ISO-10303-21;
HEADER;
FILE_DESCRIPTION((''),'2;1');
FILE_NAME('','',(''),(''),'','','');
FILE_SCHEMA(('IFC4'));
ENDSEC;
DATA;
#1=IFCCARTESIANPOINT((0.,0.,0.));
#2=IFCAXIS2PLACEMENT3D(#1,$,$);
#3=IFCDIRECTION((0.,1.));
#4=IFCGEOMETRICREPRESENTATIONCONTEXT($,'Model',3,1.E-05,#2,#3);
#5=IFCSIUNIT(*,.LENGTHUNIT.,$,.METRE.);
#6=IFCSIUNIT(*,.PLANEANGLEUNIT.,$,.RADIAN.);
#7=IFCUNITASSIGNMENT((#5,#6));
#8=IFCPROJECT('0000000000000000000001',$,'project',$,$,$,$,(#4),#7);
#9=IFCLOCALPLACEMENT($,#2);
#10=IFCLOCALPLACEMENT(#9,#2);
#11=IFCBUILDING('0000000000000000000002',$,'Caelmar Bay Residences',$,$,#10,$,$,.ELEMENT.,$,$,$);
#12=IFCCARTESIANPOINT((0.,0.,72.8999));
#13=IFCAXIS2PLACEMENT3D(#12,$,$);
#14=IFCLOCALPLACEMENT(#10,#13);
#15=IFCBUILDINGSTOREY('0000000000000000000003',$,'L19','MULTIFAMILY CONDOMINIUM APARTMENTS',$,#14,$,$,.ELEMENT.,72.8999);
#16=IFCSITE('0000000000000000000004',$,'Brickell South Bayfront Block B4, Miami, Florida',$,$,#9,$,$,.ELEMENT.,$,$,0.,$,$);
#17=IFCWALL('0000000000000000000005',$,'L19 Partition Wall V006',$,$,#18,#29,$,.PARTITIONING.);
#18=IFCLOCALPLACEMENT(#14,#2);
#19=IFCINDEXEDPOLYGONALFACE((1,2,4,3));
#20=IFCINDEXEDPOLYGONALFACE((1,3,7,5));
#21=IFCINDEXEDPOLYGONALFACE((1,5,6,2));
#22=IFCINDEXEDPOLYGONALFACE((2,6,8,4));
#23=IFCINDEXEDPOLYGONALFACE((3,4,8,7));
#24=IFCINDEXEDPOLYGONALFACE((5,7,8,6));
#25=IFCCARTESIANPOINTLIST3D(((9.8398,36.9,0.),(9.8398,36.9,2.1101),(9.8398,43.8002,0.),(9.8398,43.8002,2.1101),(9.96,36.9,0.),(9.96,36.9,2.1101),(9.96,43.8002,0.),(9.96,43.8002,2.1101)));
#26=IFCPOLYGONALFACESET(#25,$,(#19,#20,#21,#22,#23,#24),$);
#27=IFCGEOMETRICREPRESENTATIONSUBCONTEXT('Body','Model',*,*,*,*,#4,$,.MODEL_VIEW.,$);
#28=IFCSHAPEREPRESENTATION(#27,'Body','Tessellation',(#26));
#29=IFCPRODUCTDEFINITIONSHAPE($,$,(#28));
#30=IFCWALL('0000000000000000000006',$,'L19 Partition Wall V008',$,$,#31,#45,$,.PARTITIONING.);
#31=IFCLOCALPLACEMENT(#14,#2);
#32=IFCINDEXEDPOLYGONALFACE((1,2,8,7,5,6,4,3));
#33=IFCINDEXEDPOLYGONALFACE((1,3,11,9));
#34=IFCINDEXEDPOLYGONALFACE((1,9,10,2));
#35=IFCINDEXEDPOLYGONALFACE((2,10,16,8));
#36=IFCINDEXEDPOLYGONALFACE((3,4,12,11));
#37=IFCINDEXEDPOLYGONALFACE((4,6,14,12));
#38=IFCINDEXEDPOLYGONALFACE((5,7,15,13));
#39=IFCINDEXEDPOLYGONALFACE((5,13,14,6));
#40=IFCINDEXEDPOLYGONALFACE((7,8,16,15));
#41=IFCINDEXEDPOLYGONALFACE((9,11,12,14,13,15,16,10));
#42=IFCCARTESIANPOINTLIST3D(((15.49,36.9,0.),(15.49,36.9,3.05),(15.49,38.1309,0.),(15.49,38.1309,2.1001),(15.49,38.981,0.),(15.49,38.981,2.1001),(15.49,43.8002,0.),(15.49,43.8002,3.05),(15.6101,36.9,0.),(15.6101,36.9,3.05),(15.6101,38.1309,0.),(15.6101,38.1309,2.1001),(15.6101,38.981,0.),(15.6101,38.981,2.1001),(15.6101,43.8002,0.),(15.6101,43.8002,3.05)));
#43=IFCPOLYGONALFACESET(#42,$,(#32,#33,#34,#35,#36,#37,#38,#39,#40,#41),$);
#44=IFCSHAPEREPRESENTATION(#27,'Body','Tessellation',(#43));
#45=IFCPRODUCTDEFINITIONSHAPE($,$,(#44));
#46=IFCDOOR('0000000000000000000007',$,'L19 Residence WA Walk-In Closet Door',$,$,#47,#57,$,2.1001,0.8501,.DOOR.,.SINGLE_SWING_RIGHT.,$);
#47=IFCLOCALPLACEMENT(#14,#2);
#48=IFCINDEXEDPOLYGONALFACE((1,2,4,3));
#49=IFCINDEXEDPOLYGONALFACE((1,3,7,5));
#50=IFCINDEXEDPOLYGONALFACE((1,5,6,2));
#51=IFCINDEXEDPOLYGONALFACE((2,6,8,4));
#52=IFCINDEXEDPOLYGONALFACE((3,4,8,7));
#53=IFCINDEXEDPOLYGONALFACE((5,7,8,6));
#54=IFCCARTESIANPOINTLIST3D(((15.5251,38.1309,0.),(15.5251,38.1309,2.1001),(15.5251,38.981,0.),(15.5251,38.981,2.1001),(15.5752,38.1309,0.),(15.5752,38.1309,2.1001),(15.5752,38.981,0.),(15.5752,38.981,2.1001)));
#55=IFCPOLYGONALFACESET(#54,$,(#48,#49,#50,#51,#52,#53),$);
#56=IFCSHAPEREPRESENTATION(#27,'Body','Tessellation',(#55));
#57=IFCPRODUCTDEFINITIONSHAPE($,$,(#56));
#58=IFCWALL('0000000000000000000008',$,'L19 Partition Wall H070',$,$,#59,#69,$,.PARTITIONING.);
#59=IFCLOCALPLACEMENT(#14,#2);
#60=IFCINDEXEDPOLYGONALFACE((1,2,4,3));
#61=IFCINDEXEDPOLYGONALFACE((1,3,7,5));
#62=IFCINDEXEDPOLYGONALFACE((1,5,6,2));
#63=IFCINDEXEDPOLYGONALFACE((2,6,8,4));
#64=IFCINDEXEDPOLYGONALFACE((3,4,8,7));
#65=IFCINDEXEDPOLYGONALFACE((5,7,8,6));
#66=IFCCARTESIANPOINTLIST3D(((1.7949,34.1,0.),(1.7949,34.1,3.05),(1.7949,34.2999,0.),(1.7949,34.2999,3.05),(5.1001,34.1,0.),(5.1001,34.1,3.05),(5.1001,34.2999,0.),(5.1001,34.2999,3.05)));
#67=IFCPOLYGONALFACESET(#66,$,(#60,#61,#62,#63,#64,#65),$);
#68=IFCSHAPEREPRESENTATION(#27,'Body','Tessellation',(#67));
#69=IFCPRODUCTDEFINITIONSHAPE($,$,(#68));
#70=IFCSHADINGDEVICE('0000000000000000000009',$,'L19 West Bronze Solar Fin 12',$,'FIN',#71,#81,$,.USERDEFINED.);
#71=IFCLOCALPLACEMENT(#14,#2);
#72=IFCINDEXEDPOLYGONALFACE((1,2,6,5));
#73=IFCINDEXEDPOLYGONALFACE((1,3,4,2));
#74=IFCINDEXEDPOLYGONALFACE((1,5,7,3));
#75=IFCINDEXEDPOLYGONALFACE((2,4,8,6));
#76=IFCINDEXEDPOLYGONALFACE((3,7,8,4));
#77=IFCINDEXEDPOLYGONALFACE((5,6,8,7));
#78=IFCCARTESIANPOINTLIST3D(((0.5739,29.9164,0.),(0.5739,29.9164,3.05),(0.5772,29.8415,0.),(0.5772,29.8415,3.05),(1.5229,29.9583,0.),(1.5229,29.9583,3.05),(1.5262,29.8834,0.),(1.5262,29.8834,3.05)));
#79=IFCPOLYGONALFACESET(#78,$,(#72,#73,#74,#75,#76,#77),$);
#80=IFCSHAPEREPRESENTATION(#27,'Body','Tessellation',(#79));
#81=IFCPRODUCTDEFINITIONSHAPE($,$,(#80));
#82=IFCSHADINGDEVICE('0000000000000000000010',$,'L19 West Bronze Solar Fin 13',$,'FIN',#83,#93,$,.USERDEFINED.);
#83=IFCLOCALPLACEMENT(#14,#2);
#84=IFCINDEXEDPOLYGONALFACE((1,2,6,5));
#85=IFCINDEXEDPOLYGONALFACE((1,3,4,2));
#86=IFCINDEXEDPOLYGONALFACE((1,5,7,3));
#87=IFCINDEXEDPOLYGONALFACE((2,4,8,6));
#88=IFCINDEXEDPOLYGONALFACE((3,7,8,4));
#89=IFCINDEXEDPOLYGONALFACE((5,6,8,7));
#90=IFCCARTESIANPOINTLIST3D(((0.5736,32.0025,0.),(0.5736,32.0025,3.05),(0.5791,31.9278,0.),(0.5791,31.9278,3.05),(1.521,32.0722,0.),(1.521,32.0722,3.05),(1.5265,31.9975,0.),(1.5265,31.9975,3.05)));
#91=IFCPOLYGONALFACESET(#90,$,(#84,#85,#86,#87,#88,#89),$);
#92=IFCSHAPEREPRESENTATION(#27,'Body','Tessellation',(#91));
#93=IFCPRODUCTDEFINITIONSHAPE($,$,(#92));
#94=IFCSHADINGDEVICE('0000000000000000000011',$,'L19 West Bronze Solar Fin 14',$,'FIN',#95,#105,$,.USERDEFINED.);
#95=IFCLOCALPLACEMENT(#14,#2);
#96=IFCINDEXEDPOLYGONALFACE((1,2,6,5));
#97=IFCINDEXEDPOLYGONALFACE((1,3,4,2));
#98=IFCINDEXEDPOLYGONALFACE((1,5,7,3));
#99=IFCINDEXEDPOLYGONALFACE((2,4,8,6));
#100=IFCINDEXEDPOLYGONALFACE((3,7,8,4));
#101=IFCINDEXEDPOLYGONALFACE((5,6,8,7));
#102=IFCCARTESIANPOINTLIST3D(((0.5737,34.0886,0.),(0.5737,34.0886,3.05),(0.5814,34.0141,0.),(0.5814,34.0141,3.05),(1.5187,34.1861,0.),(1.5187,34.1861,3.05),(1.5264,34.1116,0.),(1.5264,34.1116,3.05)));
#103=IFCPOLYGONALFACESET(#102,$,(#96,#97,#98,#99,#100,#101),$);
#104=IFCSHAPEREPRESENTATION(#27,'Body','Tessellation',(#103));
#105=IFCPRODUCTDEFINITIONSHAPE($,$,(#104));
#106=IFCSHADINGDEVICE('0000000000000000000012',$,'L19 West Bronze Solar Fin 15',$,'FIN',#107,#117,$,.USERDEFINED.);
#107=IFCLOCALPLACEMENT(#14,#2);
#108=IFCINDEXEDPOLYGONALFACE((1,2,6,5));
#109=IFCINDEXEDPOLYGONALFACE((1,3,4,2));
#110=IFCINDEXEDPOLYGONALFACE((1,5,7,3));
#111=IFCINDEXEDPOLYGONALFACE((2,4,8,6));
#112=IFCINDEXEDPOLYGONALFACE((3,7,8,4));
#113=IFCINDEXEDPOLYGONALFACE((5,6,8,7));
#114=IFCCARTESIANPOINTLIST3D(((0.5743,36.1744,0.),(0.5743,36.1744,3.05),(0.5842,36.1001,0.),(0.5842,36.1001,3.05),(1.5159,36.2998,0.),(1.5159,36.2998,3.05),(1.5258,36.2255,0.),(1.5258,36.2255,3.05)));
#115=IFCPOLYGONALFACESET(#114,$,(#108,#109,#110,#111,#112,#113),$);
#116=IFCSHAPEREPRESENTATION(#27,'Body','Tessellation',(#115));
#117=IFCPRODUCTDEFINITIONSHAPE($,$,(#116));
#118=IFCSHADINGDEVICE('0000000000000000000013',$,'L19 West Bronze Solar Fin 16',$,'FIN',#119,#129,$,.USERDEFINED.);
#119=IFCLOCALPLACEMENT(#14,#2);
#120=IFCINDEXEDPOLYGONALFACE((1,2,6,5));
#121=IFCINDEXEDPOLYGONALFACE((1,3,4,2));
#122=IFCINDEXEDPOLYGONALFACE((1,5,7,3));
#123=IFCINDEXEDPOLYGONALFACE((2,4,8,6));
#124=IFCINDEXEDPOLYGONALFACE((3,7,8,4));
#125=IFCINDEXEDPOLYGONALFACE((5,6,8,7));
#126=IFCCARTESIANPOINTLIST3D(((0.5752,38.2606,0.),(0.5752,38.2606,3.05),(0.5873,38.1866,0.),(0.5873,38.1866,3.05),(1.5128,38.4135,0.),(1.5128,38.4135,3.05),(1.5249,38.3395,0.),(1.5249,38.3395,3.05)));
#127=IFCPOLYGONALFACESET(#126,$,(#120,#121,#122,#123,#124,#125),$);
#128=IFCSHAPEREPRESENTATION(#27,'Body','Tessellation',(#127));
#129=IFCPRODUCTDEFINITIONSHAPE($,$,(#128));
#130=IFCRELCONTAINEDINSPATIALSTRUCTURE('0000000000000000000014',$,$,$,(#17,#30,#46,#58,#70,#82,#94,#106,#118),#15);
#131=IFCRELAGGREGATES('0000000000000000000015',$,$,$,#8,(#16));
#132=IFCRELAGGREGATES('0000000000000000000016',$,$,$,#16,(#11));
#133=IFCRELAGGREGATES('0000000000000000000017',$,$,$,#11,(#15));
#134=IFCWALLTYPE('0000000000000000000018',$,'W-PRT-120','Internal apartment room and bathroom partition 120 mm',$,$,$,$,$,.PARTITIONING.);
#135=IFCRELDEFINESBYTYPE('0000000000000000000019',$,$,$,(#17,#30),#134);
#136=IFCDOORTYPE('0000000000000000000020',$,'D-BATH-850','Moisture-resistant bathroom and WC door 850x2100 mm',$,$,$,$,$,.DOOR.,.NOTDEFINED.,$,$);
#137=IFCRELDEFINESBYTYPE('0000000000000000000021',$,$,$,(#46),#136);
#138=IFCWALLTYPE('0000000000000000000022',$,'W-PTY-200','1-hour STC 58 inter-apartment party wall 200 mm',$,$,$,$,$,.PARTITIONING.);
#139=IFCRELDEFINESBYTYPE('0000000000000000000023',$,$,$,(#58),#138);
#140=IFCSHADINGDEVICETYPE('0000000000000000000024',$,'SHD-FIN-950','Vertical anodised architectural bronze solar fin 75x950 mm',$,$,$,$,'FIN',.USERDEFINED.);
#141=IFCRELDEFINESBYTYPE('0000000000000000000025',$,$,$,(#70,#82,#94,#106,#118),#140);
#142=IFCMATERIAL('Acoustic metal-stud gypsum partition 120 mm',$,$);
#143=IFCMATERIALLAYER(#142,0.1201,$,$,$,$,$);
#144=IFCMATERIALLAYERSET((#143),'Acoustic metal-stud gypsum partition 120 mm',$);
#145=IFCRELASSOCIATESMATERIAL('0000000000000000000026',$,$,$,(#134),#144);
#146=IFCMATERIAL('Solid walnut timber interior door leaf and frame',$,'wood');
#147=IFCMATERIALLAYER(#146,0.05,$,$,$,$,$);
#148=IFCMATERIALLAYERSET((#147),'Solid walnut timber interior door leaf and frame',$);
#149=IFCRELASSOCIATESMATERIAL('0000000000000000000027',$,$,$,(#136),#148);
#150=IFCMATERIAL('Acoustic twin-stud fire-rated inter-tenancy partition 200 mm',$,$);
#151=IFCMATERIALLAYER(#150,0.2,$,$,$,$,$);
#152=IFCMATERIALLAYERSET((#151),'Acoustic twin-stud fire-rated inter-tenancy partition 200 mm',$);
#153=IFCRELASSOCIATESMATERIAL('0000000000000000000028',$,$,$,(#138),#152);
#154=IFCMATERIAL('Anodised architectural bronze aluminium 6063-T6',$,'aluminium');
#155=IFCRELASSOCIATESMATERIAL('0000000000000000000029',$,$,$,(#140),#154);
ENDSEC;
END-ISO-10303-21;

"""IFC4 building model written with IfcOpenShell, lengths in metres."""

from ifc_helpers import new_model, si_unit, direction, frame, frame_2d, origin, origin_2d, place, context, subcontext, project, spatial, rectangle, extrude, material, layer, layer_set, material_profile, profile_set, type_object, element, fill, save


model = new_model("IFC4")

# Units and contexts
model_context = context("Model", 3, precision=1e-05, world=origin(), true_north=direction((0.0, 1.0)))
body_context = subcontext(model_context, "Body", "Model", "MODEL_VIEW")
ifc_project = project(units=[si_unit("LENGTHUNIT", "METRE"), si_unit("PLANEANGLEUNIT", "RADIAN")], contexts=[model_context])

# Site, building, storey
site_placement = place(None, origin())
site = spatial("IfcSite", under=ifc_project, at=site_placement, Name="Brickell South Bayfront Block B4, Miami, Florida", CompositionType="ELEMENT", RefElevation=0.0)
building_placement = place(site_placement, origin())
building = spatial("IfcBuilding", under=site, at=building_placement, Name="Caelmar Bay Residences", CompositionType="ELEMENT")
storey_placement = place(building_placement, frame((0.0, 0.0, 72.8999)))
storey = spatial("IfcBuildingStorey", under=building, at=storey_placement, Name="L19", Description="MULTIFAMILY CONDOMINIUM APARTMENTS", CompositionType="ELEMENT", Elevation=72.8999)

# Shared definitions
ifc_material_1 = material(Name="Acoustic metal-stud gypsum partition 120 mm")
ifc_layer_1 = layer(ifc_material_1, 0.1201)
ifc_layer_set_1 = layer_set([ifc_layer_1], Name="Acoustic metal-stud gypsum partition 120 mm")
wall_type_1 = type_object("IfcWallType", Name="W-PRT-120", Description="Internal apartment room and bathroom partition 120 mm", PredefinedType="PARTITIONING", material=ifc_layer_set_1)
ifc_material_2 = material(Name="Solid walnut timber interior door leaf and frame", Category="wood")

# Wall
wall_1_placement = place(storey_placement, frame((9.8999, 36.8999, 0.0), z_axis=(0.0, 0.0, 1.0), x_axis=(0.0, 1.0, 0.0)))
element("IfcWall", 1, at=wall_1_placement, inside=storey, type_object=wall_type_1, Name="L19 Partition Wall V006", PredefinedType="PARTITIONING", context=body_context, shape_type="SweptSolid", body=[
    extrude(rectangle(XDim=6.9001, YDim=0.1201, at=frame_2d((3.4502, 0.0))), origin(), (0.0, 0.0, 1.0), 2.1101),
])

# Wall, opening, door
wall_2_placement = place(storey_placement, frame((15.55, 36.8999, 0.0), z_axis=(0.0, 0.0, 1.0), x_axis=(0.0, 1.0, 0.0)))
wall_2 = element("IfcWall", 2, at=wall_2_placement, inside=storey, type_object=wall_type_1, Name="L19 Partition Wall V008", PredefinedType="PARTITIONING", context=body_context, shape_type="SweptSolid", body=[
    extrude(rectangle(XDim=6.9001, YDim=0.1201, at=frame_2d((3.4502, 0.0))), origin(), (0.0, 0.0, 1.0), 3.05),
])
opening_1_placement = place(wall_2_placement, frame((1.231, 0.0, 0.0)))
opening_1 = element("IfcOpeningElement", 3, at=opening_1_placement, cuts=wall_2, PredefinedType="OPENING", context=body_context, shape_type="SweptSolid", body=[
    extrude(rectangle(XDim=0.8501, YDim=2.1001, at=frame_2d((0.425, 1.05))), frame((0.0, 0.0701, 0.0), z_axis=(0.0, -1.0, 0.0), x_axis=(1.0, 0.0, 0.0)), (0.0, 0.0, 1.0), 0.1401),
])
ifc_layer_2 = layer(ifc_material_2, 0.05)
ifc_layer_set_2 = layer_set([ifc_layer_2], Name="Solid walnut timber interior door leaf and frame")
door_type_1 = type_object("IfcDoorType", Name="D-BATH-850", Description="Moisture-resistant bathroom and WC door 850x2100 mm", OperationType="NOTDEFINED", PredefinedType="DOOR", material=ifc_layer_set_2)
door_1_placement = place(opening_1_placement, origin())
door_1 = element("IfcDoor", 4, at=door_1_placement, inside=storey, type_object=door_type_1, Name="L19 Residence WA Walk-In Closet Door", OperationType="SINGLE_SWING_RIGHT", OverallHeight=2.1001, OverallWidth=0.8501, PredefinedType="DOOR", context=body_context, shape_type="SweptSolid", body=[
    extrude(rectangle(XDim=0.8501, YDim=2.1001, at=frame_2d((0.425, 1.05))), frame((0.0, 0.0249, 0.0), z_axis=(0.0, -1.0, 0.0), x_axis=(1.0, 0.0, 0.0)), (0.0, 0.0, 1.0), 0.05),
])
fill(opening_1, door_1)

# Wall
ifc_material_3 = material(Name="Acoustic twin-stud fire-rated inter-tenancy partition 200 mm")
ifc_layer_3 = layer(ifc_material_3, 0.2)
ifc_layer_set_3 = layer_set([ifc_layer_3], Name="Acoustic twin-stud fire-rated inter-tenancy partition 200 mm")
wall_type_2 = type_object("IfcWallType", Name="W-PTY-200", Description="1-hour STC 58 inter-apartment party wall 200 mm", PredefinedType="PARTITIONING", material=ifc_layer_set_3)
wall_3_placement = place(storey_placement, frame((1.7949, 34.2, 0.0), z_axis=(0.0, 0.0, 1.0), x_axis=(1.0, 0.0, 0.0)))
element("IfcWall", 5, at=wall_3_placement, inside=storey, type_object=wall_type_2, Name="L19 Partition Wall H070", PredefinedType="PARTITIONING", context=body_context, shape_type="SweptSolid", body=[
    extrude(rectangle(XDim=3.3052, YDim=0.2, at=frame_2d((1.6526, 0.0))), origin(), (0.0, 0.0, 1.0), 3.05),
])

# Shading devices
ifc_material_4 = material(Name="Anodised architectural bronze aluminium 6063-T6", Category="aluminium")
ifc_material_profile = material_profile(ifc_material_4, rectangle(XDim=0.075, YDim=0.95, at=origin_2d()), Name="BRONZE-FIN-75X950")
ifc_profile_set = profile_set([ifc_material_profile], Name="Anodised architectural bronze aluminium 6063-T6")
shading_device_type = type_object("IfcShadingDeviceType", Name="SHD-FIN-950", Description="Vertical anodised architectural bronze solar fin 75x950 mm", ElementType="FIN", PredefinedType="USERDEFINED", material=ifc_profile_set)
for number, where, z_axis, x_axis, name in (
    (6, (1.05, 29.8999, 0.0), (0.0, 0.0, 1.0), (-0.044142, 0.999025, 0.0), "L19 West Bronze Solar Fin 12"),
    (7, (1.05, 32.0, 0.0), (0.0, 0.0, 1.0), (-0.073412, 0.997302, 0.0), "L19 West Bronze Solar Fin 13"),
    (8, (1.05, 34.1001, 0.0), (0.0, 0.0, 1.0), (-0.102619, 0.994721, 0.0), "L19 West Bronze Solar Fin 14"),
    (9, (1.05, 36.2, 0.0), (0.0, 0.0, 1.0), (-0.13191, 0.991262, 0.0), "L19 West Bronze Solar Fin 15"),
    (10, (1.05, 38.3, 0.0), (0.0, 0.0, 1.0), (-0.160915, 0.986968, 0.0), "L19 West Bronze Solar Fin 16"),
):
    element("IfcShadingDevice", number, at=place(storey_placement, frame(where, z_axis=z_axis, x_axis=x_axis)), inside=storey, type_object=shading_device_type, Name=name, ObjectType="FIN", PredefinedType="USERDEFINED", context=body_context, shape_type="SweptSolid", body=[
        extrude(rectangle(XDim=0.075, YDim=0.95, at=origin_2d()), origin(), (0.0, 0.0, 1.0), 3.05),
    ])

save(model, "model.ifc")
